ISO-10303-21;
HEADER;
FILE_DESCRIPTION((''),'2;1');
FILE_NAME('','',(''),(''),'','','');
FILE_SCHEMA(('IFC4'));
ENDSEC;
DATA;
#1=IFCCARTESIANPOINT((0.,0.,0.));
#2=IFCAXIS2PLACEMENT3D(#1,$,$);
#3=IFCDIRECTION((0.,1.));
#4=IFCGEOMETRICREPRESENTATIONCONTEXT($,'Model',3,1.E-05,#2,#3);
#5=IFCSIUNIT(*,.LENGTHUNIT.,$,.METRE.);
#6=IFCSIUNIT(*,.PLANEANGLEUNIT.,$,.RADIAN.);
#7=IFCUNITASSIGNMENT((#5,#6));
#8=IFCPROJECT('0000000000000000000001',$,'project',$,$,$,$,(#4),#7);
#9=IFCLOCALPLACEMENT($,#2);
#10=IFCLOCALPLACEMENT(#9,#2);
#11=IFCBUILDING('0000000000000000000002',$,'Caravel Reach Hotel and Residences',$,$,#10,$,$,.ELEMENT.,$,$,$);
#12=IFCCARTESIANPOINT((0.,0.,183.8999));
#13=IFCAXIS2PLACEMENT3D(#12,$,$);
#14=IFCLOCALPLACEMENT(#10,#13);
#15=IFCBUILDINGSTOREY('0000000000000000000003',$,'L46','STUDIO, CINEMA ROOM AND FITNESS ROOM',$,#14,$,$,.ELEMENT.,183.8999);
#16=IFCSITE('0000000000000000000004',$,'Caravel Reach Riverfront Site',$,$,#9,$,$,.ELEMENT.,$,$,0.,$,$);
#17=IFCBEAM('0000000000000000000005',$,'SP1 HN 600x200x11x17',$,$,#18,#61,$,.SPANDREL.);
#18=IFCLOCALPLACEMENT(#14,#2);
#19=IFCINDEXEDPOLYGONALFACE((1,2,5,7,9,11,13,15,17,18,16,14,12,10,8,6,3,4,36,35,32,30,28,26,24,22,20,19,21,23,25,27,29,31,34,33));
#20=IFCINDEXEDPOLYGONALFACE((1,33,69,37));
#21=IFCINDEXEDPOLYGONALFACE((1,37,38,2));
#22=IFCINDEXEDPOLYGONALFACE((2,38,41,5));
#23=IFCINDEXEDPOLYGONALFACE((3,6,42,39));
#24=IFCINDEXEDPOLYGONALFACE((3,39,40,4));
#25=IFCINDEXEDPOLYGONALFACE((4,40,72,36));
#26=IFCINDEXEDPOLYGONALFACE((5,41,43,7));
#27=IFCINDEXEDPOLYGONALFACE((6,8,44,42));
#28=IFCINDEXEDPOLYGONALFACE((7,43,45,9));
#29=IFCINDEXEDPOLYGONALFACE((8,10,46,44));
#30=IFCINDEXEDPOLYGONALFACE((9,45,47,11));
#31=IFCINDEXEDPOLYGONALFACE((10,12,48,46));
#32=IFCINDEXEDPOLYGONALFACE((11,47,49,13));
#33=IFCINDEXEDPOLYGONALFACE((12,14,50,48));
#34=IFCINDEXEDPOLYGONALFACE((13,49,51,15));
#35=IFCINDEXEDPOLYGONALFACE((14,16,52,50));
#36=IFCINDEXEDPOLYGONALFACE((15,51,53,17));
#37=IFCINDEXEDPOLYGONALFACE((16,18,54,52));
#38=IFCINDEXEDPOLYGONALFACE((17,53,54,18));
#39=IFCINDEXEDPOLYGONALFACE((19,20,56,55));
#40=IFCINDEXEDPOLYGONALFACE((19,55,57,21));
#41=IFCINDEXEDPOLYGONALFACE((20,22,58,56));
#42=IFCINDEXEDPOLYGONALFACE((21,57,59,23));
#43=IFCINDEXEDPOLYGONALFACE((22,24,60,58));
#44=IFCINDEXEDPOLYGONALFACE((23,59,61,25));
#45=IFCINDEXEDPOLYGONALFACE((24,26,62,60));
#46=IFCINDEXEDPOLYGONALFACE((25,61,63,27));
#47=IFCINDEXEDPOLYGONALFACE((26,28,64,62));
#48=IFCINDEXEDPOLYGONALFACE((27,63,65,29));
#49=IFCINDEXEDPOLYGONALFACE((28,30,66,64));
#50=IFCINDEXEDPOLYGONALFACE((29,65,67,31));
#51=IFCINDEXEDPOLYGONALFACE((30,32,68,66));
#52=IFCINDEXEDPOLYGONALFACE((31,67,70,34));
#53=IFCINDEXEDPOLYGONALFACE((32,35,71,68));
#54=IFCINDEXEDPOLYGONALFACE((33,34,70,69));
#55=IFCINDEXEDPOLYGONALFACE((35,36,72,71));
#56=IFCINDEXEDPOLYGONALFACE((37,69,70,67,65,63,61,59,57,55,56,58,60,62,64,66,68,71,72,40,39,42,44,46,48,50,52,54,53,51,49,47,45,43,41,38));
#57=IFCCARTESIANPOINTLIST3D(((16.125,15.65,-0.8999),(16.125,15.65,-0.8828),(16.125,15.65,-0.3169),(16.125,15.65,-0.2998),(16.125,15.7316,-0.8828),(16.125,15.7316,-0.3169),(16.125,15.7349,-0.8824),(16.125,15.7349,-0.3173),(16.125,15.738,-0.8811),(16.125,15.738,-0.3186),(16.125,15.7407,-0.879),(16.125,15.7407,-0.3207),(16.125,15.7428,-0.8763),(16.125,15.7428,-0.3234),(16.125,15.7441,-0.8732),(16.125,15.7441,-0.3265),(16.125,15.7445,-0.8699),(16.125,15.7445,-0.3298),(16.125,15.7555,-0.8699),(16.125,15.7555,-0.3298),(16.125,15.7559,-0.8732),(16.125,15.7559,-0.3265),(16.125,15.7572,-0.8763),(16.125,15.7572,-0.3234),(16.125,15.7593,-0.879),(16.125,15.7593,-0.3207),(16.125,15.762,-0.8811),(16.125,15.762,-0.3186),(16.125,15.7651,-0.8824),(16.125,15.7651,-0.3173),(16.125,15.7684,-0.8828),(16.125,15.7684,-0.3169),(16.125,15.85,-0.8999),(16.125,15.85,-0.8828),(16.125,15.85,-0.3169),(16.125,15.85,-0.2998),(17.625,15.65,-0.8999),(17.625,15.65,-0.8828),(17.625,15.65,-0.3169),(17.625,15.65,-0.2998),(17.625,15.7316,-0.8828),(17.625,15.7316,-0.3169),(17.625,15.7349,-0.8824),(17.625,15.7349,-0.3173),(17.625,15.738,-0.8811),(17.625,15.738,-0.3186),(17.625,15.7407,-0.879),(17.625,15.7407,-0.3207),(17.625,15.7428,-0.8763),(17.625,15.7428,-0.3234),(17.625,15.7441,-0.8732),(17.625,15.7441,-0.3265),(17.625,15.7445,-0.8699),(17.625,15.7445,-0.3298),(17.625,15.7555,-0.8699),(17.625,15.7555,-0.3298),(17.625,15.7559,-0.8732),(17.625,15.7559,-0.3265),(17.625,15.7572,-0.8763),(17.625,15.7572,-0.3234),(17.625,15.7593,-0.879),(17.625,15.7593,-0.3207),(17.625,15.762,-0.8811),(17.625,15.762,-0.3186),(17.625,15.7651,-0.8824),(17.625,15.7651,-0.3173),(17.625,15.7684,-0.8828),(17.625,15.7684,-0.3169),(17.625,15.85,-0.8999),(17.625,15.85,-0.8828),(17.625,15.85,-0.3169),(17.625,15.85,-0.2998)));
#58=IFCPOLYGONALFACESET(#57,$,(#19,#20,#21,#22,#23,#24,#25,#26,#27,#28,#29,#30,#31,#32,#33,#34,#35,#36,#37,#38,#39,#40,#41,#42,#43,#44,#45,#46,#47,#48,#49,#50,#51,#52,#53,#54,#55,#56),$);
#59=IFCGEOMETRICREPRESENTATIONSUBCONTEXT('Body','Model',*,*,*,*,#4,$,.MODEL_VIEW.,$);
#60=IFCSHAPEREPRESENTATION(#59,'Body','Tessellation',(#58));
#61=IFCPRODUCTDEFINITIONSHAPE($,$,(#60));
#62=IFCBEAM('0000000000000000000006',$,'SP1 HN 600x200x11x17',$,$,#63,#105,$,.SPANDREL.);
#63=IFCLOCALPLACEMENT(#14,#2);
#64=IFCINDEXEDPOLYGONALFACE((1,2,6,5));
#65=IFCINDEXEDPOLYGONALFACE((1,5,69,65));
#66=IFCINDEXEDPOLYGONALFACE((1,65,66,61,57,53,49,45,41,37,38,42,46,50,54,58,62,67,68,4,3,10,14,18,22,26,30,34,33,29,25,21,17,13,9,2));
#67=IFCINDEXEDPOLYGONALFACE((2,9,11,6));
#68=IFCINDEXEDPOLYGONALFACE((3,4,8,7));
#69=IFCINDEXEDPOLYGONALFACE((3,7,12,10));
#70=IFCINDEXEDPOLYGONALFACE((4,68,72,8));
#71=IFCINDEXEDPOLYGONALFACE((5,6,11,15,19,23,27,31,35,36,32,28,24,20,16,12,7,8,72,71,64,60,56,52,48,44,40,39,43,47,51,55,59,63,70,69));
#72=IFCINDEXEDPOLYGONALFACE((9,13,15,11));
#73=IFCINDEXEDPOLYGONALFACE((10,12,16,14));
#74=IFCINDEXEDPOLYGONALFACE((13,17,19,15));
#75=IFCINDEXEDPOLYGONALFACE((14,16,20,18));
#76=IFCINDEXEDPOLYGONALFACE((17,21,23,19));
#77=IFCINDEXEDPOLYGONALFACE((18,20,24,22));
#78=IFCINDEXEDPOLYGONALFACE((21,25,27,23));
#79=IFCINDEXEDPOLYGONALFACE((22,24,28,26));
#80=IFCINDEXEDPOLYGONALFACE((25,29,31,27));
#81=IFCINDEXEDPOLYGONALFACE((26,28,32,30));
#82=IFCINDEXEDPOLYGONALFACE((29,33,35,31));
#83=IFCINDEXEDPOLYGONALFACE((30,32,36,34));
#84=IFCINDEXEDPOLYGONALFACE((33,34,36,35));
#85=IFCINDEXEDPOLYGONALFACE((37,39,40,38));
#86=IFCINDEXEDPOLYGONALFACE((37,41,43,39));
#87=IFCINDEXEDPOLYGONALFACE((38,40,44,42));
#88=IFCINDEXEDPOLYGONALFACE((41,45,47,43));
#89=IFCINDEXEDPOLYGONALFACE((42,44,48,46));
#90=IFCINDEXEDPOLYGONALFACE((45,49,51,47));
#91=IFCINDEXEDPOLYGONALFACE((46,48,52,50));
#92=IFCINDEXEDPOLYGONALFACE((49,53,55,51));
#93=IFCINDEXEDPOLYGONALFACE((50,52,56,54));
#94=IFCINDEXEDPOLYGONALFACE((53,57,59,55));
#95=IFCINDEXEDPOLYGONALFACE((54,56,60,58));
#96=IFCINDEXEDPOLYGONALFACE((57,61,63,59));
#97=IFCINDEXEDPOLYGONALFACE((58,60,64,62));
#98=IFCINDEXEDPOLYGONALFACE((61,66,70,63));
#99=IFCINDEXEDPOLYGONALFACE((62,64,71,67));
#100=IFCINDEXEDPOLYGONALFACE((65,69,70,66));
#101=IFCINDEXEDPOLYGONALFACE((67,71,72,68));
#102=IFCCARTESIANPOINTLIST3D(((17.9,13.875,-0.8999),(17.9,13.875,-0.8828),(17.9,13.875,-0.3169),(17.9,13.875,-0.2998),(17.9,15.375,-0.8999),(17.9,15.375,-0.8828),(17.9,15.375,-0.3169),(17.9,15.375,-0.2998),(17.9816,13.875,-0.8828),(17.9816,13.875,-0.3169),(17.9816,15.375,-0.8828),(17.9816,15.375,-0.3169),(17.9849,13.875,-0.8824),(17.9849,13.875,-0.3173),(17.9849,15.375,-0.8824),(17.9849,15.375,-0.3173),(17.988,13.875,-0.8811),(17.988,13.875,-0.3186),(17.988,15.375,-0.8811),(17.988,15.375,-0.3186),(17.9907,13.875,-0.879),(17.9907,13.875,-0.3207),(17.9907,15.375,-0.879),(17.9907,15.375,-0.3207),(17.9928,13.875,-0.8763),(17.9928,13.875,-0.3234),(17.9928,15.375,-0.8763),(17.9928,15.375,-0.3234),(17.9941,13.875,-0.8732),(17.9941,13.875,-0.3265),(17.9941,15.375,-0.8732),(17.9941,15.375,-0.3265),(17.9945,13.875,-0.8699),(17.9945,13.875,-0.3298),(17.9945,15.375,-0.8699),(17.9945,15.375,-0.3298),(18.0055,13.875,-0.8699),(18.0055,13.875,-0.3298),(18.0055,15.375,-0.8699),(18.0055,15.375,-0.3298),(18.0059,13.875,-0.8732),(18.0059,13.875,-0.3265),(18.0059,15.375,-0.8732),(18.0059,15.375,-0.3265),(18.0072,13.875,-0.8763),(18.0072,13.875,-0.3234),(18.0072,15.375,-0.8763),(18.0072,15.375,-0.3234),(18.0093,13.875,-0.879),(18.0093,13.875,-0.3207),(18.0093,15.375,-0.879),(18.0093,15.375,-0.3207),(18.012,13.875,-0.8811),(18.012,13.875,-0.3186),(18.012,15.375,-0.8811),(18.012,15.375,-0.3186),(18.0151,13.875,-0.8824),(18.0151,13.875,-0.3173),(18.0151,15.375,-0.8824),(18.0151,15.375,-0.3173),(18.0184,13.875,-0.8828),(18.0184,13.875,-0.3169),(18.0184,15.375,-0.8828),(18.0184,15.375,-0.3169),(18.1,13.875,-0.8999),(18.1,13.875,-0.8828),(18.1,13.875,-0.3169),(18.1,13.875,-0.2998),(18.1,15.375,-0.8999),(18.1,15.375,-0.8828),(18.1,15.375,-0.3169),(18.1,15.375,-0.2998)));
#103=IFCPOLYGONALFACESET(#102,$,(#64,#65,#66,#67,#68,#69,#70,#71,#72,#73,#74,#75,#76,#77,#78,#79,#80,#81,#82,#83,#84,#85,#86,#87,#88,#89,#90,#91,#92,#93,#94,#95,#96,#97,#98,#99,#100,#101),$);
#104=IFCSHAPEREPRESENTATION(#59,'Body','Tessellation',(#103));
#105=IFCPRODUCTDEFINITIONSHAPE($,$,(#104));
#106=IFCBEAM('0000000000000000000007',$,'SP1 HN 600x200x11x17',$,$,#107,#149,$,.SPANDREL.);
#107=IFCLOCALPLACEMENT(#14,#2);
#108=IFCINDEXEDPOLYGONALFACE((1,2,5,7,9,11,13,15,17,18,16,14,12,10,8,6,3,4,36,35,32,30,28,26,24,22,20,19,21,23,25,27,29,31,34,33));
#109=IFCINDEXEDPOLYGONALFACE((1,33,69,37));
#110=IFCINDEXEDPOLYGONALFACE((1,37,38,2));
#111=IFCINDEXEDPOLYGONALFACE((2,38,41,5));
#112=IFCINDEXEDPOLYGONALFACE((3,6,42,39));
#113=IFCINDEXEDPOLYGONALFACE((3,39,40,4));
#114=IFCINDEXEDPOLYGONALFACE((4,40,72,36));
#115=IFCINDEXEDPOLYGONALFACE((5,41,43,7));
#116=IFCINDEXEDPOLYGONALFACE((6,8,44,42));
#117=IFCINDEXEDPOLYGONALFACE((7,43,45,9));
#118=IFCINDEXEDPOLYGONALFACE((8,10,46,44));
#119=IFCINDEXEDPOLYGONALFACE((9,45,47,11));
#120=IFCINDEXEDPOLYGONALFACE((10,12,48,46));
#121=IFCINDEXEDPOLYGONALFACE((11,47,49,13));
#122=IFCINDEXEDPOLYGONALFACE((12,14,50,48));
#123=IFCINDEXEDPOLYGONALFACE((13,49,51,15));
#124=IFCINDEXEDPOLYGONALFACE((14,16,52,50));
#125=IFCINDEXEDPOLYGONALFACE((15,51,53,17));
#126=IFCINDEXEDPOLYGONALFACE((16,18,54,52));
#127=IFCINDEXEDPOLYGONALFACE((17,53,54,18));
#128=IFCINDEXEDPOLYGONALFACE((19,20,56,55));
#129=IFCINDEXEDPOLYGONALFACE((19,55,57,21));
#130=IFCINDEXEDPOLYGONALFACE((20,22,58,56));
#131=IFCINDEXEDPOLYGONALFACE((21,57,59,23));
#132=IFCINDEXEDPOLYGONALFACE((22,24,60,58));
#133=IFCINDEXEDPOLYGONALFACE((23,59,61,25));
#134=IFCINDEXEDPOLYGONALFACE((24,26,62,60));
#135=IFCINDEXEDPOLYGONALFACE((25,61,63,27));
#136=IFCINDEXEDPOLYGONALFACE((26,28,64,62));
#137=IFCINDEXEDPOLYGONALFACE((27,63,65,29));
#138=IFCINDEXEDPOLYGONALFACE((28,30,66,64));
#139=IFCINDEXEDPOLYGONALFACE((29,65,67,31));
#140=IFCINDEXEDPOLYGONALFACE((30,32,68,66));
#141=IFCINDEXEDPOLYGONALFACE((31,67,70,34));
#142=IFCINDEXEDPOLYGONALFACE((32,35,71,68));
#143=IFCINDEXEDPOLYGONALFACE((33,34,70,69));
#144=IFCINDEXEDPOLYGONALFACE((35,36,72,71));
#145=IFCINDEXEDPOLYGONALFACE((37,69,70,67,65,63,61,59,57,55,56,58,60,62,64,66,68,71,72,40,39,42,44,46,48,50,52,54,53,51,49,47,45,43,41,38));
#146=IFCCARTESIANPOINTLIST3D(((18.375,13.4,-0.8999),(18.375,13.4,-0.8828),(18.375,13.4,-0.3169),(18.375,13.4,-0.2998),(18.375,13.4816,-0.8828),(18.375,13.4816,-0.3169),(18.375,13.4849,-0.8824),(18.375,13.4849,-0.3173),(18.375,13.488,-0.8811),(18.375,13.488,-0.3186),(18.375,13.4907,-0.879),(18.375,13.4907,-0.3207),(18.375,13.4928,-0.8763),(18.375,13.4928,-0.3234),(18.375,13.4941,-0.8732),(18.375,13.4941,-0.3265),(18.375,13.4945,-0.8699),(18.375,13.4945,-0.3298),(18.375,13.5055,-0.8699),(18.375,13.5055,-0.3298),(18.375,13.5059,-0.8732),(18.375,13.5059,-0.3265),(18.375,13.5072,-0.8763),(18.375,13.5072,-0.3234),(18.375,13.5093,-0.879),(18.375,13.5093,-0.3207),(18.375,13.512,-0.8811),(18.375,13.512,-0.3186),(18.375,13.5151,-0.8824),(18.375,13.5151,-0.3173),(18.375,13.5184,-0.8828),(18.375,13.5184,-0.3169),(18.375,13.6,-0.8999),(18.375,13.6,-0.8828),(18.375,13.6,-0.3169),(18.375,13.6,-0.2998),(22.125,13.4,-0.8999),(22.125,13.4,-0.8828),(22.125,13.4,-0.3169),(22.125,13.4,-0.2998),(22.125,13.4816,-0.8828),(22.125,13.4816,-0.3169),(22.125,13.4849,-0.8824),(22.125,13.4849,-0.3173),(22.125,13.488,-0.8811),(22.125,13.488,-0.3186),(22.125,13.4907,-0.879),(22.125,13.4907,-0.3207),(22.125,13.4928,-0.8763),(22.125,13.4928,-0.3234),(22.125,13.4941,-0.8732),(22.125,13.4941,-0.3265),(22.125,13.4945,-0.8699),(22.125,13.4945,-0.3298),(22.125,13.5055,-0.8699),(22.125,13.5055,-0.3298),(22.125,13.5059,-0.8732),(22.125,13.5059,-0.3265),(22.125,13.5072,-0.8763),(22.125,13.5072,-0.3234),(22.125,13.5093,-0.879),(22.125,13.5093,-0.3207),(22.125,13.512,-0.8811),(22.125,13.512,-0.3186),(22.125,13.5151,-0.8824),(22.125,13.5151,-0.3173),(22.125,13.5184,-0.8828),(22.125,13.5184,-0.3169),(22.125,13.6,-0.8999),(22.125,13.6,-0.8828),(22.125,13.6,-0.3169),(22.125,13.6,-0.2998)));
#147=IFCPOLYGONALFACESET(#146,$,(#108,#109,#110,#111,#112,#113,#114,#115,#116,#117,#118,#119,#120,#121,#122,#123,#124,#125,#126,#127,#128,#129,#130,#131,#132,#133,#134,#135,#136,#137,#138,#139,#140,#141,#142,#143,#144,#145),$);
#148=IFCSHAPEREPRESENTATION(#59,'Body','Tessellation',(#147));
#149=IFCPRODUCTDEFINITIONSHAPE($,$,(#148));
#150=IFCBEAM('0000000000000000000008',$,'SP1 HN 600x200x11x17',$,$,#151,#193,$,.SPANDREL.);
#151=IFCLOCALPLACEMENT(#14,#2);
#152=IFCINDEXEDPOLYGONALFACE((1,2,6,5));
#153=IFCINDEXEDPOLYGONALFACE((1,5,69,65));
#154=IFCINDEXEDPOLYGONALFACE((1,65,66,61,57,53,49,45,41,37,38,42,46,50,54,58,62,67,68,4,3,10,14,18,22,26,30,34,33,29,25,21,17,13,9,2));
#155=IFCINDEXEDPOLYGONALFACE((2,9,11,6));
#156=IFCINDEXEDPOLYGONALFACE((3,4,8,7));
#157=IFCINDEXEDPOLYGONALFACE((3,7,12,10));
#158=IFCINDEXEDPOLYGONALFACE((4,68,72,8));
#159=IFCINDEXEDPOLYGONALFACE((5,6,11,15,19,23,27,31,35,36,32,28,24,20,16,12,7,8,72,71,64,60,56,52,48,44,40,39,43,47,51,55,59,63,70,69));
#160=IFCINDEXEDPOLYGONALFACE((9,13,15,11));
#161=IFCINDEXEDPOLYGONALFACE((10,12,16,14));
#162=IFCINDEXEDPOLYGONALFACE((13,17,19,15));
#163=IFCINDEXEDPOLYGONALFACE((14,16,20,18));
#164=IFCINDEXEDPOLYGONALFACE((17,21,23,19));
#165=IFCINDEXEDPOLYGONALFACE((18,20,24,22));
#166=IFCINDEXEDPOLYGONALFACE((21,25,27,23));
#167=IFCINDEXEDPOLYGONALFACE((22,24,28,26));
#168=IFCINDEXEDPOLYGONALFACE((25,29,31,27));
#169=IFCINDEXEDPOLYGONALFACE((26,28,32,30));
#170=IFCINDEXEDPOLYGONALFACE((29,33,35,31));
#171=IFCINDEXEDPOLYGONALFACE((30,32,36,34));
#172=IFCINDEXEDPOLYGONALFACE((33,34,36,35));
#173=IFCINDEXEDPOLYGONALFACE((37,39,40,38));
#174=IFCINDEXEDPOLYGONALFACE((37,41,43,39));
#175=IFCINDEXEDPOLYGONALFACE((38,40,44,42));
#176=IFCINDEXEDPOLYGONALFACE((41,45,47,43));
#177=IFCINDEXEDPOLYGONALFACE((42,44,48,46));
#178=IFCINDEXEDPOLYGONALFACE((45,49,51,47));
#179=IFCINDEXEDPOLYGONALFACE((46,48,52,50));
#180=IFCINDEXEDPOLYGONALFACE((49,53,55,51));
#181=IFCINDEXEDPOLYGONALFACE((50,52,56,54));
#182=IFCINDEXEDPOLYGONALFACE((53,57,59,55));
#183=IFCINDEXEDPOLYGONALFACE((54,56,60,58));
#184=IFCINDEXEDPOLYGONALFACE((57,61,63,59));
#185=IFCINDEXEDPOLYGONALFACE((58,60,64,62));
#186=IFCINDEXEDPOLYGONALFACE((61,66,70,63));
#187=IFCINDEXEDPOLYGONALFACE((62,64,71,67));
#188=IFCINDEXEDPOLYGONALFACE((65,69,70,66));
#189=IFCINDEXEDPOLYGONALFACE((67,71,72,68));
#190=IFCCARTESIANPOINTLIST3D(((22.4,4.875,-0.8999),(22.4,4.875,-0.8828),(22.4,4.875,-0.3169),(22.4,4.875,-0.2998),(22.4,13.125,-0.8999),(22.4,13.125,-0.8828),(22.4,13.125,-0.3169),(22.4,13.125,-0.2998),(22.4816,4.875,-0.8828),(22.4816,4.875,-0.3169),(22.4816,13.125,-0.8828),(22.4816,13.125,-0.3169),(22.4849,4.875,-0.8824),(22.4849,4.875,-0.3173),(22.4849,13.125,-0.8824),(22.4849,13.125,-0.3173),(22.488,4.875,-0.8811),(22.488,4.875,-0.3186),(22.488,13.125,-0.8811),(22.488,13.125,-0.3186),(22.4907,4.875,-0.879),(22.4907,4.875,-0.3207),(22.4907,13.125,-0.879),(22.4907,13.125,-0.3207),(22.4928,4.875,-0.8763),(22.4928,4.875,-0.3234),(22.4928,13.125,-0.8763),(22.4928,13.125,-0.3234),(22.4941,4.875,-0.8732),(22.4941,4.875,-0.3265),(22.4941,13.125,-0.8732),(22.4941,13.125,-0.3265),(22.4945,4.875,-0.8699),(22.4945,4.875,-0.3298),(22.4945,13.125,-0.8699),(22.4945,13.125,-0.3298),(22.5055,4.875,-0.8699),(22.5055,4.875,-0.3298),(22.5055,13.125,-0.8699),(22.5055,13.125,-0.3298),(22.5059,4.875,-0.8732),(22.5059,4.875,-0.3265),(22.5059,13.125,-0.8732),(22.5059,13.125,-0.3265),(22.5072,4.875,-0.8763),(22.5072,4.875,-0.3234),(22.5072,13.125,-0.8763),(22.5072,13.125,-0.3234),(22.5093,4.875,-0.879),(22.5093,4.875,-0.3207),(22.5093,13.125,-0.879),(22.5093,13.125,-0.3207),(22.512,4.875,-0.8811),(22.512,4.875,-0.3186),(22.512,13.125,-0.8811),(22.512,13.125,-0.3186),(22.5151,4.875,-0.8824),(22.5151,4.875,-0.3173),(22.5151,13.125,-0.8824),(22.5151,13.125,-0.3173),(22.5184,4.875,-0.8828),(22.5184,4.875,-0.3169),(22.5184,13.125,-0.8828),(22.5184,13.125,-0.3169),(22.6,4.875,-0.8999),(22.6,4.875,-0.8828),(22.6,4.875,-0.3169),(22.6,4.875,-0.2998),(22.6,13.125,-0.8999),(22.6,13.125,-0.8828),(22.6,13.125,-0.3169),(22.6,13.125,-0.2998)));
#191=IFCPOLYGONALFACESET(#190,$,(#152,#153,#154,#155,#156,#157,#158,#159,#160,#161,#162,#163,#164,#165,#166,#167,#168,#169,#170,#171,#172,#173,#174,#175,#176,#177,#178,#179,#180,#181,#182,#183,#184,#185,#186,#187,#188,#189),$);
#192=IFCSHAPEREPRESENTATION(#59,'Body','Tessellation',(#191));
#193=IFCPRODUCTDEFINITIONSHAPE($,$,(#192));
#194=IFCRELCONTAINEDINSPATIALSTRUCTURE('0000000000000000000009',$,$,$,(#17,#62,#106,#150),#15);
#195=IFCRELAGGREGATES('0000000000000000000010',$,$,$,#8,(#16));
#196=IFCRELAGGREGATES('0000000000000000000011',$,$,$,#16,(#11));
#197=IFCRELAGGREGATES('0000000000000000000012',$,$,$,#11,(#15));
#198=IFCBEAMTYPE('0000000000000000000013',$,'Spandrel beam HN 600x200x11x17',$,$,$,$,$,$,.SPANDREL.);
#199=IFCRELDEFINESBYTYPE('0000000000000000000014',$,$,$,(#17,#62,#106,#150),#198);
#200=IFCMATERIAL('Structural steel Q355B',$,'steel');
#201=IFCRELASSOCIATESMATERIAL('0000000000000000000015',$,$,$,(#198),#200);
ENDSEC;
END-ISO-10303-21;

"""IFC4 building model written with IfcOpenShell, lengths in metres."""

from ifc_helpers import new_model, si_unit, direction, frame, origin, origin_2d, place, context, subcontext, project, spatial, i_section, extrude, material, material_profile, profile_set, type_object, element, save


model = new_model("IFC4")

# Units and contexts
model_context = context("Model", 3, precision=1e-05, world=origin(), true_north=direction((0.0, 1.0)))
body_context = subcontext(model_context, "Body", "Model", "MODEL_VIEW")
ifc_project = project(units=[si_unit("LENGTHUNIT", "METRE"), si_unit("PLANEANGLEUNIT", "RADIAN")], contexts=[model_context])

# Site, building, storey
site_placement = place(None, origin())
site = spatial("IfcSite", under=ifc_project, at=site_placement, Name="Caravel Reach Riverfront Site", CompositionType="ELEMENT", RefElevation=0.0)
building_placement = place(site_placement, origin())
building = spatial("IfcBuilding", under=site, at=building_placement, Name="Caravel Reach Hotel and Residences", CompositionType="ELEMENT")
storey_placement = place(building_placement, frame((0.0, 0.0, 183.8999)))
storey = spatial("IfcBuildingStorey", under=building, at=storey_placement, Name="L46", Description="STUDIO, CINEMA ROOM AND FITNESS ROOM", CompositionType="ELEMENT", Elevation=183.8999)

# Beams
ifc_material_1 = material(Name="Structural steel Q355B", Category="steel")
ifc_material_profile_1 = material_profile(ifc_material_1, i_section(OverallWidth=0.2, OverallDepth=0.6001, WebThickness=0.011, FlangeThickness=0.0171, FilletRadius=0.0129, at=origin_2d()), Name="HN 600x200x11x17")
ifc_profile_set_1 = profile_set([ifc_material_profile_1], Name="Structural steel Q355B")
beam_type_1 = type_object("IfcBeamType", Name="Spandrel beam HN 600x200x11x17", PredefinedType="SPANDREL", material=ifc_profile_set_1)
for number, where, z_axis, x_axis, name in (
    (1, (16.125, 15.75, -0.5999), (1.0, 0.0, 0.0), (0.0, 1.0, 0.0), "SP1 HN 600x200x11x17"),
    (2, (18.0, 15.375, -0.5999), (0.0, -1.0, 0.0), (1.0, 0.0, 0.0), "SP1 HN 600x200x11x17"),
):
    element("IfcBeam", number, at=place(storey_placement, frame(where, z_axis=z_axis, x_axis=x_axis)), inside=storey, type_object=beam_type_1, Name=name, PredefinedType="SPANDREL", context=body_context, shape_type="SweptSolid", body=[
        extrude(i_section(OverallWidth=0.2, OverallDepth=0.6001, WebThickness=0.011, FlangeThickness=0.0171, FilletRadius=0.0129, at=origin_2d()), origin(), (0.0, 0.0, 1.0), 1.5),
    ])
beam_1_placement = place(storey_placement, frame((18.375, 13.5, -0.5999), z_axis=(1.0, 0.0, 0.0), x_axis=(0.0, 1.0, 0.0)))
element("IfcBeam", 3, at=beam_1_placement, inside=storey, type_object=beam_type_1, Name="SP1 HN 600x200x11x17", PredefinedType="SPANDREL", context=body_context, shape_type="SweptSolid", body=[
    extrude(i_section(OverallWidth=0.2, OverallDepth=0.6001, WebThickness=0.011, FlangeThickness=0.0171, FilletRadius=0.0129, at=origin_2d()), origin(), (0.0, 0.0, 1.0), 3.75),
])
beam_2_placement = place(storey_placement, frame((22.5, 13.125, -0.5999), z_axis=(0.0, -1.0, 0.0), x_axis=(1.0, 0.0, 0.0)))
element("IfcBeam", 4, at=beam_2_placement, inside=storey, type_object=beam_type_1, Name="SP1 HN 600x200x11x17", PredefinedType="SPANDREL", context=body_context, shape_type="SweptSolid", body=[
    extrude(i_section(OverallWidth=0.2, OverallDepth=0.6001, WebThickness=0.011, FlangeThickness=0.0171, FilletRadius=0.0129, at=origin_2d()), origin(), (0.0, 0.0, 1.0), 8.25),
])

save(model, "model.ifc")
